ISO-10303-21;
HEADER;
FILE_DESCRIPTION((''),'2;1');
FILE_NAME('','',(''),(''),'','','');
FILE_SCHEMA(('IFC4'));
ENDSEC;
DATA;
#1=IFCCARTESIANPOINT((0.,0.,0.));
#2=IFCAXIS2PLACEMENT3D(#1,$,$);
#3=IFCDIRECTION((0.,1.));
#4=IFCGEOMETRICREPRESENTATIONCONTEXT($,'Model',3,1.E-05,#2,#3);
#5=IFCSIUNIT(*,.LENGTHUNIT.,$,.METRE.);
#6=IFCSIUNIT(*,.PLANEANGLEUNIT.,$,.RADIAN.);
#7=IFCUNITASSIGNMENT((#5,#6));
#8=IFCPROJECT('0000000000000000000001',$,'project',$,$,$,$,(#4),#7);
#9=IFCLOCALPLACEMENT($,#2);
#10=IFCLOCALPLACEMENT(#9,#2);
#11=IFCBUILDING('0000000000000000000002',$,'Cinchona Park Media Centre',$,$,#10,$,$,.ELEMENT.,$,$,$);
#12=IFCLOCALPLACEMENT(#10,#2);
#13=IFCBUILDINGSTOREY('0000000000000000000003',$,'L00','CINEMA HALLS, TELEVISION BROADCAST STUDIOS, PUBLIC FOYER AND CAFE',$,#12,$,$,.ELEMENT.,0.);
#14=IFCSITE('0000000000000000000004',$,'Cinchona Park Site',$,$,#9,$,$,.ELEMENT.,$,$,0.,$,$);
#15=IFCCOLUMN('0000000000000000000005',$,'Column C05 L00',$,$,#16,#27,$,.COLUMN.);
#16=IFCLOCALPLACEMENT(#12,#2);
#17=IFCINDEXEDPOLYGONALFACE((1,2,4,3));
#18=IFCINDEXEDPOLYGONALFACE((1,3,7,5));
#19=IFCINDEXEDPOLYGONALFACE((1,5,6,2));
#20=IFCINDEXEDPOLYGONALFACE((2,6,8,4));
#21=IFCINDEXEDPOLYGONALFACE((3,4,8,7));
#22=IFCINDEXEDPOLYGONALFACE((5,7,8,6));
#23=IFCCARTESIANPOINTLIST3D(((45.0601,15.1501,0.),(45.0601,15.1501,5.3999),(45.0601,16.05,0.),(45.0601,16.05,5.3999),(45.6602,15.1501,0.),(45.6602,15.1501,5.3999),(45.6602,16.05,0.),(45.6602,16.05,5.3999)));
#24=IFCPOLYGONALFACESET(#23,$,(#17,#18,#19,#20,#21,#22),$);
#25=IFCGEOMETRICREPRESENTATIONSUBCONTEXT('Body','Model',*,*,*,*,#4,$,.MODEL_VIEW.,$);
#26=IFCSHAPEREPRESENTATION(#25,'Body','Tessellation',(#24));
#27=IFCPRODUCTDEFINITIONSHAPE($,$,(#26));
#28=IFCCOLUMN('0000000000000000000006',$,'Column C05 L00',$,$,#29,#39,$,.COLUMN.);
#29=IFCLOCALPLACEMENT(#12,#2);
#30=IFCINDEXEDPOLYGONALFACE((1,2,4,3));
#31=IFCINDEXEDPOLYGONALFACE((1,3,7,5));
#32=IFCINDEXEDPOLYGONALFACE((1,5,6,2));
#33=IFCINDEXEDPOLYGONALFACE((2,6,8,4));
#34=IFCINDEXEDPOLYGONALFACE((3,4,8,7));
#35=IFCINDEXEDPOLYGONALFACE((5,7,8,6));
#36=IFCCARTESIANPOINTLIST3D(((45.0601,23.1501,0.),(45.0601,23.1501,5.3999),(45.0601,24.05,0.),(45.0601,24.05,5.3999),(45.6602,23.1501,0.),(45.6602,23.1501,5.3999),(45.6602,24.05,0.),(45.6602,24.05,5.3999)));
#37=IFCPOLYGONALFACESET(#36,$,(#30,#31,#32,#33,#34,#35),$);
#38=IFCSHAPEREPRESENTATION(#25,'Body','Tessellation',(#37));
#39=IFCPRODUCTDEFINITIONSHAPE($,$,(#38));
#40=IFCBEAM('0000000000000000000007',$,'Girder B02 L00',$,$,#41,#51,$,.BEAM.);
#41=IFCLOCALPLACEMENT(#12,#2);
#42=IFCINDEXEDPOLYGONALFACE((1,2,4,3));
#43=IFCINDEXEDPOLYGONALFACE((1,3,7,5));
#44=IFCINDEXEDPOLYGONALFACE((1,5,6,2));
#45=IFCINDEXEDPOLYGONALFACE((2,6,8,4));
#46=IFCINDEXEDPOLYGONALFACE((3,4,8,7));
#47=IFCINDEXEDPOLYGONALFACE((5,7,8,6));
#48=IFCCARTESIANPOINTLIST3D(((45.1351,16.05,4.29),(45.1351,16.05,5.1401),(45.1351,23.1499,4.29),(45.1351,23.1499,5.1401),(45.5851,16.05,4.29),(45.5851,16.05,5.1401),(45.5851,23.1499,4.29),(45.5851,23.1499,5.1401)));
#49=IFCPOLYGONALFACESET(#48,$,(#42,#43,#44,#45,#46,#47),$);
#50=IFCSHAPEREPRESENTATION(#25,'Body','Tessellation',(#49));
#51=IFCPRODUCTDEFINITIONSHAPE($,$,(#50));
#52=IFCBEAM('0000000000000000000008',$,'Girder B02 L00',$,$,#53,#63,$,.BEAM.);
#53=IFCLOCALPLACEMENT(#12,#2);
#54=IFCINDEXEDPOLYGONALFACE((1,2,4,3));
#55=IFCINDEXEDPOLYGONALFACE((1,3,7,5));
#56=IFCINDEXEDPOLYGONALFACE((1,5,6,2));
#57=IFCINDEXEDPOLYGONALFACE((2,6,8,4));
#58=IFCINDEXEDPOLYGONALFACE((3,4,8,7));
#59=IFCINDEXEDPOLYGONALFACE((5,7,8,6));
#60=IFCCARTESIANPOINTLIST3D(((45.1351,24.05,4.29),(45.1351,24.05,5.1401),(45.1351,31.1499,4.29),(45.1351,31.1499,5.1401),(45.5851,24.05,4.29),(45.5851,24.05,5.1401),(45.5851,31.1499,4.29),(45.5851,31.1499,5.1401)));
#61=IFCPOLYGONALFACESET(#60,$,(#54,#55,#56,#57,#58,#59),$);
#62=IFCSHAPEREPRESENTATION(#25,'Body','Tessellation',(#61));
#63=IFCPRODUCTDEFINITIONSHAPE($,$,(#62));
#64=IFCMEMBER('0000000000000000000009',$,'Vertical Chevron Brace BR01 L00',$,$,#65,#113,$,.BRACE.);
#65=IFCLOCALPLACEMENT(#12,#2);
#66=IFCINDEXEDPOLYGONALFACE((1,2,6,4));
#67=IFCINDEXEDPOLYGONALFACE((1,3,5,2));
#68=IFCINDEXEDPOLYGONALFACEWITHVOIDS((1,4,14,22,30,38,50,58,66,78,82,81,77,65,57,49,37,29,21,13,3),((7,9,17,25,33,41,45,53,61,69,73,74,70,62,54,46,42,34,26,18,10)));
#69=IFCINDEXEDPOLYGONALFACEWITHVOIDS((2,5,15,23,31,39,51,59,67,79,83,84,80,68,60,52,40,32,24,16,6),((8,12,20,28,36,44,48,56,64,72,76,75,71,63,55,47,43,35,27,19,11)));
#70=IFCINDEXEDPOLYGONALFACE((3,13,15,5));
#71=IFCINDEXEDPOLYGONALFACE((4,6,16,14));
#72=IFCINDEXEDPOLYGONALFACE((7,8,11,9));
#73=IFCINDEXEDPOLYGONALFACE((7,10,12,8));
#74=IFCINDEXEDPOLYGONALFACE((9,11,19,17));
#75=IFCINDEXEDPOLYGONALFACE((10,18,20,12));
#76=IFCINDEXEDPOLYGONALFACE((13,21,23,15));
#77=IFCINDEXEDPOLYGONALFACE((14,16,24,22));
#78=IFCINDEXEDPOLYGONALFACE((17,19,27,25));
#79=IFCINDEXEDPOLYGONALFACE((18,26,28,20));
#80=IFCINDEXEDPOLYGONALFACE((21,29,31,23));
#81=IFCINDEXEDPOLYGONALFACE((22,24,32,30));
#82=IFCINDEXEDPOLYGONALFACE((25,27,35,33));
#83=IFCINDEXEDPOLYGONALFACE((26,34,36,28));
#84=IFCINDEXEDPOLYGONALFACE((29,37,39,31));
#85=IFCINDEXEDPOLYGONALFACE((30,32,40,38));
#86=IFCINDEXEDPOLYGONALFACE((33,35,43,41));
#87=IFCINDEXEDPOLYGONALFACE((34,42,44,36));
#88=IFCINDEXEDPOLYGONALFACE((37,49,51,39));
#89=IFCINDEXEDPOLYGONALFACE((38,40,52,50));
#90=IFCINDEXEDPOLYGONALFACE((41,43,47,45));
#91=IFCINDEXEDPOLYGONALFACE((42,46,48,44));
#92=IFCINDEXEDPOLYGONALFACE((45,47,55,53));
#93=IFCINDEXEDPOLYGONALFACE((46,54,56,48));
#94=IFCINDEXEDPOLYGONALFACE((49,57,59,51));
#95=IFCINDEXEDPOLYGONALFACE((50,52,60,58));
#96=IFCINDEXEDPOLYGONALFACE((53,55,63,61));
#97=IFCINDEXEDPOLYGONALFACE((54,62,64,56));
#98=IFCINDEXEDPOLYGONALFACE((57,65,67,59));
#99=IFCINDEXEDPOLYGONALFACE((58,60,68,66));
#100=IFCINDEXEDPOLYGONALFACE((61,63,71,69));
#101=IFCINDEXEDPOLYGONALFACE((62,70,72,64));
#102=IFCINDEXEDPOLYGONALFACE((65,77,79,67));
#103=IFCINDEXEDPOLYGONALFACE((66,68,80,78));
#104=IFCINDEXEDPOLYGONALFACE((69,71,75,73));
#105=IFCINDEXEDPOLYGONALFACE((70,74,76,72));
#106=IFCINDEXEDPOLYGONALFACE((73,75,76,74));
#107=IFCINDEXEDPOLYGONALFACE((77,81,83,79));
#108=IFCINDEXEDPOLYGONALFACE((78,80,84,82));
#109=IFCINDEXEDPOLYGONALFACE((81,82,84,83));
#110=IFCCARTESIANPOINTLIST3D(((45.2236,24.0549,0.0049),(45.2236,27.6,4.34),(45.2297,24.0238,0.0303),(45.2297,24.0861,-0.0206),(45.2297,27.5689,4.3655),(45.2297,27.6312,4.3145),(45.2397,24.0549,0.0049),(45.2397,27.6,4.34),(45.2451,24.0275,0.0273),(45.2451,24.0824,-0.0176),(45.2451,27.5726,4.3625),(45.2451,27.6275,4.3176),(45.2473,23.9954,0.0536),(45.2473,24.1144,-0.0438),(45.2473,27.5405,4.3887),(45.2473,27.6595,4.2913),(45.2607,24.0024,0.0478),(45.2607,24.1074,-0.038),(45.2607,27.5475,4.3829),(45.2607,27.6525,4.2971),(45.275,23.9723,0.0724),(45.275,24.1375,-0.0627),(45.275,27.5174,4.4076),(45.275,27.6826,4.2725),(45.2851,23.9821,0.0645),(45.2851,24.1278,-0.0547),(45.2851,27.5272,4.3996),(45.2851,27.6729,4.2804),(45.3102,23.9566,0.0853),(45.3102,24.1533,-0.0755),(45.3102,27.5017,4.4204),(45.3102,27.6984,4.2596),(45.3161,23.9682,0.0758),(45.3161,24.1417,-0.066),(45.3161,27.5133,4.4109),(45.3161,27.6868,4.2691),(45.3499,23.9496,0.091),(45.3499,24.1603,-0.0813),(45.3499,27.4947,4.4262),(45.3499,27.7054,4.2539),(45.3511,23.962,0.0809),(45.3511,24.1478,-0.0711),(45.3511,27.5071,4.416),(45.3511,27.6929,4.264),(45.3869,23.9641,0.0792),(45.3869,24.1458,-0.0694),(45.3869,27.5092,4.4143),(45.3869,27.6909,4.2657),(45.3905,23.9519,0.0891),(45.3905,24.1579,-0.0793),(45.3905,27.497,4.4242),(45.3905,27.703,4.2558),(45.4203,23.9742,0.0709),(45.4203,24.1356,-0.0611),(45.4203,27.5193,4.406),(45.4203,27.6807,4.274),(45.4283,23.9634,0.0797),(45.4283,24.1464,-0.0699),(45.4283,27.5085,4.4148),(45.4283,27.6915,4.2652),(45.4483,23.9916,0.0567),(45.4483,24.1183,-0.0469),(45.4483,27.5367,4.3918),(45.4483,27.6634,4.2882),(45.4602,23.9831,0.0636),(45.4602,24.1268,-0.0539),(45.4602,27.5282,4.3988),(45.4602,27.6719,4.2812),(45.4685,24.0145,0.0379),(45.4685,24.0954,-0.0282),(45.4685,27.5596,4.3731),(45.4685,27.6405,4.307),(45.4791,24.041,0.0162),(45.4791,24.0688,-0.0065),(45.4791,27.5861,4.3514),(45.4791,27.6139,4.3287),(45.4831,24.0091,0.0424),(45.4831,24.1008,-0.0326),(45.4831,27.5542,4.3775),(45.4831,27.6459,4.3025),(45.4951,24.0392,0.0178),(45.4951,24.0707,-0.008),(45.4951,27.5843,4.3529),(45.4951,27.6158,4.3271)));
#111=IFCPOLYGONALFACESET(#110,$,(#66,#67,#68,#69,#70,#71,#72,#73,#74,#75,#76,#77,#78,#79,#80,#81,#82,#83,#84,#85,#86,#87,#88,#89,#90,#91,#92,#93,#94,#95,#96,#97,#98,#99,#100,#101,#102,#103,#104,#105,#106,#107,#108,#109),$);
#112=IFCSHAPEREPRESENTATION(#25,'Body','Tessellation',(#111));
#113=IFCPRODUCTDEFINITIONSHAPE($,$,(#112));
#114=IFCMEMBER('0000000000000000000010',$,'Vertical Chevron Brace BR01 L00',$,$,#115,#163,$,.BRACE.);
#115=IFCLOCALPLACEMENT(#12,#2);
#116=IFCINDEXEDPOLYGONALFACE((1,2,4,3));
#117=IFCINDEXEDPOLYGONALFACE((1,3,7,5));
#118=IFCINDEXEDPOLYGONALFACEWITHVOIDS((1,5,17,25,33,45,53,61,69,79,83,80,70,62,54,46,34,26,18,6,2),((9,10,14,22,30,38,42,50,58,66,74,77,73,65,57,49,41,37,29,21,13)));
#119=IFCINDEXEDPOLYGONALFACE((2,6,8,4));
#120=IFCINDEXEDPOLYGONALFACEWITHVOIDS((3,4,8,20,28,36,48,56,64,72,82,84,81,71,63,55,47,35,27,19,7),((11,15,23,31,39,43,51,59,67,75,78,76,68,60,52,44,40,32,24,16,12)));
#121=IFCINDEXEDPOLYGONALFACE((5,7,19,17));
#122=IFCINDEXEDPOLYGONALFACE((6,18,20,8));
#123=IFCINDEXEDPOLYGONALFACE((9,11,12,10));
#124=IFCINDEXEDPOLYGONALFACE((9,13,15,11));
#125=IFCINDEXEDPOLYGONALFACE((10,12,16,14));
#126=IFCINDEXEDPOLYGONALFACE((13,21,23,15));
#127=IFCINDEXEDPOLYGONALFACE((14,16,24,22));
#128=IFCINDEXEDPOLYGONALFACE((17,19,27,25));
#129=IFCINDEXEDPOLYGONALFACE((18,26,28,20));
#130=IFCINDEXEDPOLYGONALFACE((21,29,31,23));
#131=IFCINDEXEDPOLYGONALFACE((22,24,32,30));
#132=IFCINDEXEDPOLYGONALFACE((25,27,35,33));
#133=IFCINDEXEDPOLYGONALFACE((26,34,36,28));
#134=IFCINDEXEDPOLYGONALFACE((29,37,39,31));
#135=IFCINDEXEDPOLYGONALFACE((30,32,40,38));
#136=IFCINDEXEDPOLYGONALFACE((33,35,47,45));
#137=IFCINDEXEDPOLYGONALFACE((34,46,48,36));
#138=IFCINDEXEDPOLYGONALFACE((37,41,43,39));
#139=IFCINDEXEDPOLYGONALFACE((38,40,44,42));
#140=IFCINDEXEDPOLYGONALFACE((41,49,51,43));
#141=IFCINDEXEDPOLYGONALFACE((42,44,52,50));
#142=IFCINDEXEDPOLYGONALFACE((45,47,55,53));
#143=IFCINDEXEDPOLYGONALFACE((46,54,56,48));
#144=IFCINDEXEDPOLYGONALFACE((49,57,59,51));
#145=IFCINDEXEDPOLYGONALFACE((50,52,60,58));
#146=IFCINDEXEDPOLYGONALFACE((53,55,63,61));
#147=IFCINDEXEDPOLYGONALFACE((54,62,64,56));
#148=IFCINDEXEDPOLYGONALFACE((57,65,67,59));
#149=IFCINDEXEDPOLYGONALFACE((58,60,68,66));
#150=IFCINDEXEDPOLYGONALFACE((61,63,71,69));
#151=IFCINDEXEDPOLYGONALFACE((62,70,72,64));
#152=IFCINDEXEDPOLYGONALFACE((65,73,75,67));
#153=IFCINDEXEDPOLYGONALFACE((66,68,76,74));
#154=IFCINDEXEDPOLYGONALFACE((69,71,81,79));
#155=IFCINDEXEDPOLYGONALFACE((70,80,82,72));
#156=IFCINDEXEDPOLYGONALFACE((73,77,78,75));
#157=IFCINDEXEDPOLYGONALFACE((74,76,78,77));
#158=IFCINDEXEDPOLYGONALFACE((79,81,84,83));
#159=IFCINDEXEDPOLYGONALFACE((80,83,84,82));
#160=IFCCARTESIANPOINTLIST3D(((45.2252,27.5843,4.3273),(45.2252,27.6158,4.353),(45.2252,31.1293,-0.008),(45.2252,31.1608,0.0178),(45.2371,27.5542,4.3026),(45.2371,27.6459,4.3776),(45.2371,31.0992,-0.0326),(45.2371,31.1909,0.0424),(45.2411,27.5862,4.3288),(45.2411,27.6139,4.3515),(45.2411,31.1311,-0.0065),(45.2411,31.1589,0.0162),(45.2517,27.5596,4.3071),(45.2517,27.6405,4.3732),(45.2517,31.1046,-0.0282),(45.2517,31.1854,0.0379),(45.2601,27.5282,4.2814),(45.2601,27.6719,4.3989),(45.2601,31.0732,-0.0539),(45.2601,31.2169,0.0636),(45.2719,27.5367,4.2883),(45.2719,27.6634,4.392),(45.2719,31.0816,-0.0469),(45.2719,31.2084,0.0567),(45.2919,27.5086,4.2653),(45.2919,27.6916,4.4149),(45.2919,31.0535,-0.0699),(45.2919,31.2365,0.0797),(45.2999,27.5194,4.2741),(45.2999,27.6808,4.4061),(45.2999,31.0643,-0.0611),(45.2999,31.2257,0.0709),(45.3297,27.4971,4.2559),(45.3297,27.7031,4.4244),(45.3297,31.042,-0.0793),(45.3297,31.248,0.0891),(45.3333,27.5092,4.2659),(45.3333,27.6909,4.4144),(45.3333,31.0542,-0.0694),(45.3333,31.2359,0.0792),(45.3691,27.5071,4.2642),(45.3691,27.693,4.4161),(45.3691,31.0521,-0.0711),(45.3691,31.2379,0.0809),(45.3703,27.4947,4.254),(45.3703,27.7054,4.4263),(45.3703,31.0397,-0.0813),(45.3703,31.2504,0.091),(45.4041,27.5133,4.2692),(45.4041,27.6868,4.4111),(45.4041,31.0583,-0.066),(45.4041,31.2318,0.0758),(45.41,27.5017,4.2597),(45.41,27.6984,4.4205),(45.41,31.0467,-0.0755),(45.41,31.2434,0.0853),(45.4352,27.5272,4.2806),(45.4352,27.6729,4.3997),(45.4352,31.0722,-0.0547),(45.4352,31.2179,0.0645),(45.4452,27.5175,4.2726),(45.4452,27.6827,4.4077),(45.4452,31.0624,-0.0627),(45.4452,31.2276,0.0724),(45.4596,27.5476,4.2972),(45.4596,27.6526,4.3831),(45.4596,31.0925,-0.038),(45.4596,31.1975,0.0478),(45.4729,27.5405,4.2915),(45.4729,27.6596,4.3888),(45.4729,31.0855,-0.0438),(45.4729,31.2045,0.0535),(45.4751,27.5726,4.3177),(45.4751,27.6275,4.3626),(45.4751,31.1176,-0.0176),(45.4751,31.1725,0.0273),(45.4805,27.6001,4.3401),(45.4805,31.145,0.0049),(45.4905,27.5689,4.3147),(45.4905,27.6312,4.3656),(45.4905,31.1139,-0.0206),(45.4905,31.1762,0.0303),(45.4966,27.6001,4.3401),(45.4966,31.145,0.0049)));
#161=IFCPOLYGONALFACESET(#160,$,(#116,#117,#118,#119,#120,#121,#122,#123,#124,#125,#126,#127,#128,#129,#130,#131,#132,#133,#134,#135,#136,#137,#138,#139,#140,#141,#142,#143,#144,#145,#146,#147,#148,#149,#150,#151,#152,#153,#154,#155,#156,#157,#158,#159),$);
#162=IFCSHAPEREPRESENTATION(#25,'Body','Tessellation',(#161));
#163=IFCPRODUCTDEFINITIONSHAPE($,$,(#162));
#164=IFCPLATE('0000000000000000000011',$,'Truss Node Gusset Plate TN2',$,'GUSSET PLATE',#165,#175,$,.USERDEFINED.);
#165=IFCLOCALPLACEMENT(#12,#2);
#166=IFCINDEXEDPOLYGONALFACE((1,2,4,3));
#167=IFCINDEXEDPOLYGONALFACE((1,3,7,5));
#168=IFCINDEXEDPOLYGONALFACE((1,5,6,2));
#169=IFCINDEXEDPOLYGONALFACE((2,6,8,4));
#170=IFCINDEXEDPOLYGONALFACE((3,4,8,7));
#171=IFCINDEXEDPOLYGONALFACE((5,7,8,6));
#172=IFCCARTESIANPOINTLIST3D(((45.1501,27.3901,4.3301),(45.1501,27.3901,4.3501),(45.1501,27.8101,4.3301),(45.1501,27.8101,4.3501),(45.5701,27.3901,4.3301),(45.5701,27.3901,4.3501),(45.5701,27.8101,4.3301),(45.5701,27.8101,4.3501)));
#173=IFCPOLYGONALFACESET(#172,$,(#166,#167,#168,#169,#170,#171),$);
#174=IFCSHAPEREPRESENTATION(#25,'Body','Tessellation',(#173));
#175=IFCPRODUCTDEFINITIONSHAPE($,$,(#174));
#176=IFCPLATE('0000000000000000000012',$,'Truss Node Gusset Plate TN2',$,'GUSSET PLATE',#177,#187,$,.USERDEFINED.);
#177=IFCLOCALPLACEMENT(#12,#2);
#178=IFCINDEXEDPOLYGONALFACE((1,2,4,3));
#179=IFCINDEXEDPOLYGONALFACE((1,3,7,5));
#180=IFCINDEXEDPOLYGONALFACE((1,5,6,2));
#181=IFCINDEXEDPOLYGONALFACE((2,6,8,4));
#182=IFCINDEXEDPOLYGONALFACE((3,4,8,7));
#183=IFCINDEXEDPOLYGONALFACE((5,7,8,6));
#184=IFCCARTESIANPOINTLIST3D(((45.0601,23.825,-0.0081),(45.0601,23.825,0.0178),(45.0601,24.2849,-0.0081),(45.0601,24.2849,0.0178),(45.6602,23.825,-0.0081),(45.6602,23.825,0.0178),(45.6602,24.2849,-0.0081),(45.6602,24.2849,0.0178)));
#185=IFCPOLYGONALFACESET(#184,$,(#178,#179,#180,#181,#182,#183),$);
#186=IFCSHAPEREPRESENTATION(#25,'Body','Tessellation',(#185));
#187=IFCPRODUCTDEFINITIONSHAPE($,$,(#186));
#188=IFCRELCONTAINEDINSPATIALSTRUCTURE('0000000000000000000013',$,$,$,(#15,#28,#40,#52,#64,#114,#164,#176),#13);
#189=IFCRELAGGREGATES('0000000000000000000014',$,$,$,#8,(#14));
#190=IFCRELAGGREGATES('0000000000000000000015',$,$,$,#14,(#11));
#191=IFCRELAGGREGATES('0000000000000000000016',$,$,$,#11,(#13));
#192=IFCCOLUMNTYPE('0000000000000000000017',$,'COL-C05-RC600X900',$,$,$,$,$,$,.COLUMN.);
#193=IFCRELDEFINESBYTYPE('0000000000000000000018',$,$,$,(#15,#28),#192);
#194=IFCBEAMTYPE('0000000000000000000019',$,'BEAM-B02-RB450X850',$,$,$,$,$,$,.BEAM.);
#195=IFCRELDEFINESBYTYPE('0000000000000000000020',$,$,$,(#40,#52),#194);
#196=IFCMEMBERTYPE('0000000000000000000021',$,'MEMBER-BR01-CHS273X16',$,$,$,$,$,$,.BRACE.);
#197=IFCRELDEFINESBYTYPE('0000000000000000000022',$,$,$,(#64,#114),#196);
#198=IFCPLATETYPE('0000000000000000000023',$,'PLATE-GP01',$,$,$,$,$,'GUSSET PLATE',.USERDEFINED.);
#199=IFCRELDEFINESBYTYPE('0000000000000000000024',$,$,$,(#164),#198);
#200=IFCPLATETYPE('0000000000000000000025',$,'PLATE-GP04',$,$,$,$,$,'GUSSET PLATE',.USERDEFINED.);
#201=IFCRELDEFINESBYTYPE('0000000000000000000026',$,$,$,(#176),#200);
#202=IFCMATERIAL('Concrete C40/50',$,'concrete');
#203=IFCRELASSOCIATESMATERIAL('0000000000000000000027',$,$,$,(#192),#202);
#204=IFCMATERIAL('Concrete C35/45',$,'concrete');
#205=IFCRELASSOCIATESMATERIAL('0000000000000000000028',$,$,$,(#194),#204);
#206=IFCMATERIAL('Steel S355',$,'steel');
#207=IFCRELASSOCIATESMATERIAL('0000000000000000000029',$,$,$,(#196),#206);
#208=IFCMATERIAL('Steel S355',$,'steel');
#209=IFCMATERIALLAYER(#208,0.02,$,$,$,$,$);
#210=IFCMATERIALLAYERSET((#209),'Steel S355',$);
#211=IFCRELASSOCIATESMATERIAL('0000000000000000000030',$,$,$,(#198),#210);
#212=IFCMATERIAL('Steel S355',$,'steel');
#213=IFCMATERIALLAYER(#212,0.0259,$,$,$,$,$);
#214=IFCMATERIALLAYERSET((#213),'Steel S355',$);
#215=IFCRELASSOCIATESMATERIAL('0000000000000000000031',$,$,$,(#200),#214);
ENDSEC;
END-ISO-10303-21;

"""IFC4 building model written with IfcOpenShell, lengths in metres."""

from ifc_helpers import new_model, si_unit, direction, frame, origin, origin_2d, place, context, subcontext, project, spatial, rectangle, hollow_circle, extrude, material, layer, layer_set, material_profile, profile_set, type_object, element, save


model = new_model("IFC4")

# Units and contexts
model_context = context("Model", 3, precision=1e-05, world=origin(), true_north=direction((0.0, 1.0)))
body_context = subcontext(model_context, "Body", "Model", "MODEL_VIEW")
ifc_project = project(units=[si_unit("LENGTHUNIT", "METRE"), si_unit("PLANEANGLEUNIT", "RADIAN")], contexts=[model_context])

# Site, building, storey
site_placement = place(None, origin())
site = spatial("IfcSite", under=ifc_project, at=site_placement, Name="Cinchona Park Site", CompositionType="ELEMENT", RefElevation=0.0)
building_placement = place(site_placement, origin())
building = spatial("IfcBuilding", under=site, at=building_placement, Name="Cinchona Park Media Centre", CompositionType="ELEMENT")
storey_placement = place(building_placement, origin())
storey = spatial("IfcBuildingStorey", under=building, at=storey_placement, Name="L00", Description="CINEMA HALLS, TELEVISION BROADCAST STUDIOS, PUBLIC FOYER AND CAFE", CompositionType="ELEMENT", Elevation=0.0)

# Columns
ifc_material_1 = material(Name="Concrete C40/50", Category="concrete")
ifc_material_profile_1 = material_profile(ifc_material_1, rectangle(XDim=0.6001, YDim=0.8999, at=origin_2d()), Name="RC 600X900")
ifc_profile_set_1 = profile_set([ifc_material_profile_1], Name="Concrete C40/50")
column_type = type_object("IfcColumnType", Name="COL-C05-RC600X900", PredefinedType="COLUMN", material=ifc_profile_set_1)
for number, where, z_axis, x_axis, name in (
    (1, (45.3601, 15.6001, 0.0), (0.0, 0.0, 1.0), (1.0, 0.0, 0.0), "Column C05 L00"),
    (2, (45.3601, 23.6001, 0.0), (0.0, 0.0, 1.0), (1.0, 0.0, 0.0), "Column C05 L00"),
):
    element("IfcColumn", number, at=place(storey_placement, frame(where, z_axis=z_axis, x_axis=x_axis)), inside=storey, type_object=column_type, Name=name, PredefinedType="COLUMN", context=body_context, shape_type="SweptSolid", body=[
        extrude(rectangle(XDim=0.6001, YDim=0.8999, at=origin_2d()), origin(), (0.0, 0.0, 1.0), 5.3999),
    ])

# Beams
ifc_material_2 = material(Name="Concrete C35/45", Category="concrete")
ifc_material_profile_2 = material_profile(ifc_material_2, rectangle(XDim=0.45, YDim=0.8501, at=origin_2d()), Name="RB 450X850")
ifc_profile_set_2 = profile_set([ifc_material_profile_2], Name="Concrete C35/45")
beam_type = type_object("IfcBeamType", Name="BEAM-B02-RB450X850", PredefinedType="BEAM", material=ifc_profile_set_2)
for number, where, z_axis, x_axis, name in (
    (3, (45.3601, 16.05, 4.7151), (0.0, 1.0, 0.0), (-1.0, 0.0, 0.0), "Girder B02 L00"),
    (4, (45.3601, 24.05, 4.7151), (0.0, 1.0, 0.0), (-1.0, 0.0, 0.0), "Girder B02 L00"),
):
    element("IfcBeam", number, at=place(storey_placement, frame(where, z_axis=z_axis, x_axis=x_axis)), inside=storey, type_object=beam_type, Name=name, PredefinedType="BEAM", context=body_context, shape_type="SweptSolid", body=[
        extrude(rectangle(XDim=0.45, YDim=0.8501, at=origin_2d()), origin(), (0.0, 0.0, 1.0), 7.0999),
    ])

# Members
ifc_material_3 = material(Name="Steel S355", Category="steel")
ifc_material_profile_3 = material_profile(ifc_material_3, hollow_circle(Radius=0.1365, WallThickness=0.0161, at=origin_2d()), Name="273X16CHS")
ifc_profile_set_3 = profile_set([ifc_material_profile_3], Name="Steel S355")
member_type = type_object("IfcMemberType", Name="MEMBER-BR01-CHS273X16", PredefinedType="BRACE", material=ifc_profile_set_3)
for number, where, z_axis, x_axis, name in (
    (5, (45.3601, 24.0549, 0.0049), (0.0, 0.633043, 0.774117), (-1.0, 0.0, 0.0), "Vertical Chevron Brace BR01 L00"),
    (6, (45.3601, 31.145, 0.0049), (0.0, -0.633017, 0.774138), (1.0, 0.0, 0.0), "Vertical Chevron Brace BR01 L00"),
):
    element("IfcMember", number, at=place(storey_placement, frame(where, z_axis=z_axis, x_axis=x_axis)), inside=storey, type_object=member_type, Name=name, PredefinedType="BRACE", context=body_context, shape_type="SweptSolid", body=[
        extrude(hollow_circle(Radius=0.1365, WallThickness=0.0161, at=origin_2d()), origin(), (0.0, 0.0, 1.0), 5.6001),
    ])

# Plates
ifc_material_4 = material(Name="Steel S355", Category="steel")
ifc_layer_1 = layer(ifc_material_4, 0.02)
ifc_layer_set_1 = layer_set([ifc_layer_1], Name="Steel S355")
plate_type_1 = type_object("IfcPlateType", Name="PLATE-GP01", ElementType="GUSSET PLATE", PredefinedType="USERDEFINED", material=ifc_layer_set_1)
plate_1_placement = place(storey_placement, frame((45.3601, 27.6001, 4.3301), z_axis=(0.0, 0.0, 1.0), x_axis=(1.0, 0.0, 0.0)))
element("IfcPlate", 7, at=plate_1_placement, inside=storey, type_object=plate_type_1, Name="Truss Node Gusset Plate TN2", ObjectType="GUSSET PLATE", PredefinedType="USERDEFINED", context=body_context, shape_type="SweptSolid", body=[
    extrude(rectangle(XDim=0.4199, YDim=0.4199, at=origin_2d()), origin(), (0.0, 0.0, 1.0), 0.02),
])
ifc_material_5 = material(Name="Steel S355", Category="steel")
ifc_layer_2 = layer(ifc_material_5, 0.0259)
ifc_layer_set_2 = layer_set([ifc_layer_2], Name="Steel S355")
plate_type_2 = type_object("IfcPlateType", Name="PLATE-GP04", ElementType="GUSSET PLATE", PredefinedType="USERDEFINED", material=ifc_layer_set_2)
plate_2_placement = place(storey_placement, frame((45.3601, 24.0549, -0.0081), z_axis=(0.0, 0.0, 1.0), x_axis=(1.0, 0.0, 0.0)))
element("IfcPlate", 8, at=plate_2_placement, inside=storey, type_object=plate_type_2, Name="Truss Node Gusset Plate TN2", ObjectType="GUSSET PLATE", PredefinedType="USERDEFINED", context=body_context, shape_type="SweptSolid", body=[
    extrude(rectangle(XDim=0.6001, YDim=0.46, at=origin_2d()), origin(), (0.0, 0.0, 1.0), 0.0259),
])

save(model, "model.ifc")
